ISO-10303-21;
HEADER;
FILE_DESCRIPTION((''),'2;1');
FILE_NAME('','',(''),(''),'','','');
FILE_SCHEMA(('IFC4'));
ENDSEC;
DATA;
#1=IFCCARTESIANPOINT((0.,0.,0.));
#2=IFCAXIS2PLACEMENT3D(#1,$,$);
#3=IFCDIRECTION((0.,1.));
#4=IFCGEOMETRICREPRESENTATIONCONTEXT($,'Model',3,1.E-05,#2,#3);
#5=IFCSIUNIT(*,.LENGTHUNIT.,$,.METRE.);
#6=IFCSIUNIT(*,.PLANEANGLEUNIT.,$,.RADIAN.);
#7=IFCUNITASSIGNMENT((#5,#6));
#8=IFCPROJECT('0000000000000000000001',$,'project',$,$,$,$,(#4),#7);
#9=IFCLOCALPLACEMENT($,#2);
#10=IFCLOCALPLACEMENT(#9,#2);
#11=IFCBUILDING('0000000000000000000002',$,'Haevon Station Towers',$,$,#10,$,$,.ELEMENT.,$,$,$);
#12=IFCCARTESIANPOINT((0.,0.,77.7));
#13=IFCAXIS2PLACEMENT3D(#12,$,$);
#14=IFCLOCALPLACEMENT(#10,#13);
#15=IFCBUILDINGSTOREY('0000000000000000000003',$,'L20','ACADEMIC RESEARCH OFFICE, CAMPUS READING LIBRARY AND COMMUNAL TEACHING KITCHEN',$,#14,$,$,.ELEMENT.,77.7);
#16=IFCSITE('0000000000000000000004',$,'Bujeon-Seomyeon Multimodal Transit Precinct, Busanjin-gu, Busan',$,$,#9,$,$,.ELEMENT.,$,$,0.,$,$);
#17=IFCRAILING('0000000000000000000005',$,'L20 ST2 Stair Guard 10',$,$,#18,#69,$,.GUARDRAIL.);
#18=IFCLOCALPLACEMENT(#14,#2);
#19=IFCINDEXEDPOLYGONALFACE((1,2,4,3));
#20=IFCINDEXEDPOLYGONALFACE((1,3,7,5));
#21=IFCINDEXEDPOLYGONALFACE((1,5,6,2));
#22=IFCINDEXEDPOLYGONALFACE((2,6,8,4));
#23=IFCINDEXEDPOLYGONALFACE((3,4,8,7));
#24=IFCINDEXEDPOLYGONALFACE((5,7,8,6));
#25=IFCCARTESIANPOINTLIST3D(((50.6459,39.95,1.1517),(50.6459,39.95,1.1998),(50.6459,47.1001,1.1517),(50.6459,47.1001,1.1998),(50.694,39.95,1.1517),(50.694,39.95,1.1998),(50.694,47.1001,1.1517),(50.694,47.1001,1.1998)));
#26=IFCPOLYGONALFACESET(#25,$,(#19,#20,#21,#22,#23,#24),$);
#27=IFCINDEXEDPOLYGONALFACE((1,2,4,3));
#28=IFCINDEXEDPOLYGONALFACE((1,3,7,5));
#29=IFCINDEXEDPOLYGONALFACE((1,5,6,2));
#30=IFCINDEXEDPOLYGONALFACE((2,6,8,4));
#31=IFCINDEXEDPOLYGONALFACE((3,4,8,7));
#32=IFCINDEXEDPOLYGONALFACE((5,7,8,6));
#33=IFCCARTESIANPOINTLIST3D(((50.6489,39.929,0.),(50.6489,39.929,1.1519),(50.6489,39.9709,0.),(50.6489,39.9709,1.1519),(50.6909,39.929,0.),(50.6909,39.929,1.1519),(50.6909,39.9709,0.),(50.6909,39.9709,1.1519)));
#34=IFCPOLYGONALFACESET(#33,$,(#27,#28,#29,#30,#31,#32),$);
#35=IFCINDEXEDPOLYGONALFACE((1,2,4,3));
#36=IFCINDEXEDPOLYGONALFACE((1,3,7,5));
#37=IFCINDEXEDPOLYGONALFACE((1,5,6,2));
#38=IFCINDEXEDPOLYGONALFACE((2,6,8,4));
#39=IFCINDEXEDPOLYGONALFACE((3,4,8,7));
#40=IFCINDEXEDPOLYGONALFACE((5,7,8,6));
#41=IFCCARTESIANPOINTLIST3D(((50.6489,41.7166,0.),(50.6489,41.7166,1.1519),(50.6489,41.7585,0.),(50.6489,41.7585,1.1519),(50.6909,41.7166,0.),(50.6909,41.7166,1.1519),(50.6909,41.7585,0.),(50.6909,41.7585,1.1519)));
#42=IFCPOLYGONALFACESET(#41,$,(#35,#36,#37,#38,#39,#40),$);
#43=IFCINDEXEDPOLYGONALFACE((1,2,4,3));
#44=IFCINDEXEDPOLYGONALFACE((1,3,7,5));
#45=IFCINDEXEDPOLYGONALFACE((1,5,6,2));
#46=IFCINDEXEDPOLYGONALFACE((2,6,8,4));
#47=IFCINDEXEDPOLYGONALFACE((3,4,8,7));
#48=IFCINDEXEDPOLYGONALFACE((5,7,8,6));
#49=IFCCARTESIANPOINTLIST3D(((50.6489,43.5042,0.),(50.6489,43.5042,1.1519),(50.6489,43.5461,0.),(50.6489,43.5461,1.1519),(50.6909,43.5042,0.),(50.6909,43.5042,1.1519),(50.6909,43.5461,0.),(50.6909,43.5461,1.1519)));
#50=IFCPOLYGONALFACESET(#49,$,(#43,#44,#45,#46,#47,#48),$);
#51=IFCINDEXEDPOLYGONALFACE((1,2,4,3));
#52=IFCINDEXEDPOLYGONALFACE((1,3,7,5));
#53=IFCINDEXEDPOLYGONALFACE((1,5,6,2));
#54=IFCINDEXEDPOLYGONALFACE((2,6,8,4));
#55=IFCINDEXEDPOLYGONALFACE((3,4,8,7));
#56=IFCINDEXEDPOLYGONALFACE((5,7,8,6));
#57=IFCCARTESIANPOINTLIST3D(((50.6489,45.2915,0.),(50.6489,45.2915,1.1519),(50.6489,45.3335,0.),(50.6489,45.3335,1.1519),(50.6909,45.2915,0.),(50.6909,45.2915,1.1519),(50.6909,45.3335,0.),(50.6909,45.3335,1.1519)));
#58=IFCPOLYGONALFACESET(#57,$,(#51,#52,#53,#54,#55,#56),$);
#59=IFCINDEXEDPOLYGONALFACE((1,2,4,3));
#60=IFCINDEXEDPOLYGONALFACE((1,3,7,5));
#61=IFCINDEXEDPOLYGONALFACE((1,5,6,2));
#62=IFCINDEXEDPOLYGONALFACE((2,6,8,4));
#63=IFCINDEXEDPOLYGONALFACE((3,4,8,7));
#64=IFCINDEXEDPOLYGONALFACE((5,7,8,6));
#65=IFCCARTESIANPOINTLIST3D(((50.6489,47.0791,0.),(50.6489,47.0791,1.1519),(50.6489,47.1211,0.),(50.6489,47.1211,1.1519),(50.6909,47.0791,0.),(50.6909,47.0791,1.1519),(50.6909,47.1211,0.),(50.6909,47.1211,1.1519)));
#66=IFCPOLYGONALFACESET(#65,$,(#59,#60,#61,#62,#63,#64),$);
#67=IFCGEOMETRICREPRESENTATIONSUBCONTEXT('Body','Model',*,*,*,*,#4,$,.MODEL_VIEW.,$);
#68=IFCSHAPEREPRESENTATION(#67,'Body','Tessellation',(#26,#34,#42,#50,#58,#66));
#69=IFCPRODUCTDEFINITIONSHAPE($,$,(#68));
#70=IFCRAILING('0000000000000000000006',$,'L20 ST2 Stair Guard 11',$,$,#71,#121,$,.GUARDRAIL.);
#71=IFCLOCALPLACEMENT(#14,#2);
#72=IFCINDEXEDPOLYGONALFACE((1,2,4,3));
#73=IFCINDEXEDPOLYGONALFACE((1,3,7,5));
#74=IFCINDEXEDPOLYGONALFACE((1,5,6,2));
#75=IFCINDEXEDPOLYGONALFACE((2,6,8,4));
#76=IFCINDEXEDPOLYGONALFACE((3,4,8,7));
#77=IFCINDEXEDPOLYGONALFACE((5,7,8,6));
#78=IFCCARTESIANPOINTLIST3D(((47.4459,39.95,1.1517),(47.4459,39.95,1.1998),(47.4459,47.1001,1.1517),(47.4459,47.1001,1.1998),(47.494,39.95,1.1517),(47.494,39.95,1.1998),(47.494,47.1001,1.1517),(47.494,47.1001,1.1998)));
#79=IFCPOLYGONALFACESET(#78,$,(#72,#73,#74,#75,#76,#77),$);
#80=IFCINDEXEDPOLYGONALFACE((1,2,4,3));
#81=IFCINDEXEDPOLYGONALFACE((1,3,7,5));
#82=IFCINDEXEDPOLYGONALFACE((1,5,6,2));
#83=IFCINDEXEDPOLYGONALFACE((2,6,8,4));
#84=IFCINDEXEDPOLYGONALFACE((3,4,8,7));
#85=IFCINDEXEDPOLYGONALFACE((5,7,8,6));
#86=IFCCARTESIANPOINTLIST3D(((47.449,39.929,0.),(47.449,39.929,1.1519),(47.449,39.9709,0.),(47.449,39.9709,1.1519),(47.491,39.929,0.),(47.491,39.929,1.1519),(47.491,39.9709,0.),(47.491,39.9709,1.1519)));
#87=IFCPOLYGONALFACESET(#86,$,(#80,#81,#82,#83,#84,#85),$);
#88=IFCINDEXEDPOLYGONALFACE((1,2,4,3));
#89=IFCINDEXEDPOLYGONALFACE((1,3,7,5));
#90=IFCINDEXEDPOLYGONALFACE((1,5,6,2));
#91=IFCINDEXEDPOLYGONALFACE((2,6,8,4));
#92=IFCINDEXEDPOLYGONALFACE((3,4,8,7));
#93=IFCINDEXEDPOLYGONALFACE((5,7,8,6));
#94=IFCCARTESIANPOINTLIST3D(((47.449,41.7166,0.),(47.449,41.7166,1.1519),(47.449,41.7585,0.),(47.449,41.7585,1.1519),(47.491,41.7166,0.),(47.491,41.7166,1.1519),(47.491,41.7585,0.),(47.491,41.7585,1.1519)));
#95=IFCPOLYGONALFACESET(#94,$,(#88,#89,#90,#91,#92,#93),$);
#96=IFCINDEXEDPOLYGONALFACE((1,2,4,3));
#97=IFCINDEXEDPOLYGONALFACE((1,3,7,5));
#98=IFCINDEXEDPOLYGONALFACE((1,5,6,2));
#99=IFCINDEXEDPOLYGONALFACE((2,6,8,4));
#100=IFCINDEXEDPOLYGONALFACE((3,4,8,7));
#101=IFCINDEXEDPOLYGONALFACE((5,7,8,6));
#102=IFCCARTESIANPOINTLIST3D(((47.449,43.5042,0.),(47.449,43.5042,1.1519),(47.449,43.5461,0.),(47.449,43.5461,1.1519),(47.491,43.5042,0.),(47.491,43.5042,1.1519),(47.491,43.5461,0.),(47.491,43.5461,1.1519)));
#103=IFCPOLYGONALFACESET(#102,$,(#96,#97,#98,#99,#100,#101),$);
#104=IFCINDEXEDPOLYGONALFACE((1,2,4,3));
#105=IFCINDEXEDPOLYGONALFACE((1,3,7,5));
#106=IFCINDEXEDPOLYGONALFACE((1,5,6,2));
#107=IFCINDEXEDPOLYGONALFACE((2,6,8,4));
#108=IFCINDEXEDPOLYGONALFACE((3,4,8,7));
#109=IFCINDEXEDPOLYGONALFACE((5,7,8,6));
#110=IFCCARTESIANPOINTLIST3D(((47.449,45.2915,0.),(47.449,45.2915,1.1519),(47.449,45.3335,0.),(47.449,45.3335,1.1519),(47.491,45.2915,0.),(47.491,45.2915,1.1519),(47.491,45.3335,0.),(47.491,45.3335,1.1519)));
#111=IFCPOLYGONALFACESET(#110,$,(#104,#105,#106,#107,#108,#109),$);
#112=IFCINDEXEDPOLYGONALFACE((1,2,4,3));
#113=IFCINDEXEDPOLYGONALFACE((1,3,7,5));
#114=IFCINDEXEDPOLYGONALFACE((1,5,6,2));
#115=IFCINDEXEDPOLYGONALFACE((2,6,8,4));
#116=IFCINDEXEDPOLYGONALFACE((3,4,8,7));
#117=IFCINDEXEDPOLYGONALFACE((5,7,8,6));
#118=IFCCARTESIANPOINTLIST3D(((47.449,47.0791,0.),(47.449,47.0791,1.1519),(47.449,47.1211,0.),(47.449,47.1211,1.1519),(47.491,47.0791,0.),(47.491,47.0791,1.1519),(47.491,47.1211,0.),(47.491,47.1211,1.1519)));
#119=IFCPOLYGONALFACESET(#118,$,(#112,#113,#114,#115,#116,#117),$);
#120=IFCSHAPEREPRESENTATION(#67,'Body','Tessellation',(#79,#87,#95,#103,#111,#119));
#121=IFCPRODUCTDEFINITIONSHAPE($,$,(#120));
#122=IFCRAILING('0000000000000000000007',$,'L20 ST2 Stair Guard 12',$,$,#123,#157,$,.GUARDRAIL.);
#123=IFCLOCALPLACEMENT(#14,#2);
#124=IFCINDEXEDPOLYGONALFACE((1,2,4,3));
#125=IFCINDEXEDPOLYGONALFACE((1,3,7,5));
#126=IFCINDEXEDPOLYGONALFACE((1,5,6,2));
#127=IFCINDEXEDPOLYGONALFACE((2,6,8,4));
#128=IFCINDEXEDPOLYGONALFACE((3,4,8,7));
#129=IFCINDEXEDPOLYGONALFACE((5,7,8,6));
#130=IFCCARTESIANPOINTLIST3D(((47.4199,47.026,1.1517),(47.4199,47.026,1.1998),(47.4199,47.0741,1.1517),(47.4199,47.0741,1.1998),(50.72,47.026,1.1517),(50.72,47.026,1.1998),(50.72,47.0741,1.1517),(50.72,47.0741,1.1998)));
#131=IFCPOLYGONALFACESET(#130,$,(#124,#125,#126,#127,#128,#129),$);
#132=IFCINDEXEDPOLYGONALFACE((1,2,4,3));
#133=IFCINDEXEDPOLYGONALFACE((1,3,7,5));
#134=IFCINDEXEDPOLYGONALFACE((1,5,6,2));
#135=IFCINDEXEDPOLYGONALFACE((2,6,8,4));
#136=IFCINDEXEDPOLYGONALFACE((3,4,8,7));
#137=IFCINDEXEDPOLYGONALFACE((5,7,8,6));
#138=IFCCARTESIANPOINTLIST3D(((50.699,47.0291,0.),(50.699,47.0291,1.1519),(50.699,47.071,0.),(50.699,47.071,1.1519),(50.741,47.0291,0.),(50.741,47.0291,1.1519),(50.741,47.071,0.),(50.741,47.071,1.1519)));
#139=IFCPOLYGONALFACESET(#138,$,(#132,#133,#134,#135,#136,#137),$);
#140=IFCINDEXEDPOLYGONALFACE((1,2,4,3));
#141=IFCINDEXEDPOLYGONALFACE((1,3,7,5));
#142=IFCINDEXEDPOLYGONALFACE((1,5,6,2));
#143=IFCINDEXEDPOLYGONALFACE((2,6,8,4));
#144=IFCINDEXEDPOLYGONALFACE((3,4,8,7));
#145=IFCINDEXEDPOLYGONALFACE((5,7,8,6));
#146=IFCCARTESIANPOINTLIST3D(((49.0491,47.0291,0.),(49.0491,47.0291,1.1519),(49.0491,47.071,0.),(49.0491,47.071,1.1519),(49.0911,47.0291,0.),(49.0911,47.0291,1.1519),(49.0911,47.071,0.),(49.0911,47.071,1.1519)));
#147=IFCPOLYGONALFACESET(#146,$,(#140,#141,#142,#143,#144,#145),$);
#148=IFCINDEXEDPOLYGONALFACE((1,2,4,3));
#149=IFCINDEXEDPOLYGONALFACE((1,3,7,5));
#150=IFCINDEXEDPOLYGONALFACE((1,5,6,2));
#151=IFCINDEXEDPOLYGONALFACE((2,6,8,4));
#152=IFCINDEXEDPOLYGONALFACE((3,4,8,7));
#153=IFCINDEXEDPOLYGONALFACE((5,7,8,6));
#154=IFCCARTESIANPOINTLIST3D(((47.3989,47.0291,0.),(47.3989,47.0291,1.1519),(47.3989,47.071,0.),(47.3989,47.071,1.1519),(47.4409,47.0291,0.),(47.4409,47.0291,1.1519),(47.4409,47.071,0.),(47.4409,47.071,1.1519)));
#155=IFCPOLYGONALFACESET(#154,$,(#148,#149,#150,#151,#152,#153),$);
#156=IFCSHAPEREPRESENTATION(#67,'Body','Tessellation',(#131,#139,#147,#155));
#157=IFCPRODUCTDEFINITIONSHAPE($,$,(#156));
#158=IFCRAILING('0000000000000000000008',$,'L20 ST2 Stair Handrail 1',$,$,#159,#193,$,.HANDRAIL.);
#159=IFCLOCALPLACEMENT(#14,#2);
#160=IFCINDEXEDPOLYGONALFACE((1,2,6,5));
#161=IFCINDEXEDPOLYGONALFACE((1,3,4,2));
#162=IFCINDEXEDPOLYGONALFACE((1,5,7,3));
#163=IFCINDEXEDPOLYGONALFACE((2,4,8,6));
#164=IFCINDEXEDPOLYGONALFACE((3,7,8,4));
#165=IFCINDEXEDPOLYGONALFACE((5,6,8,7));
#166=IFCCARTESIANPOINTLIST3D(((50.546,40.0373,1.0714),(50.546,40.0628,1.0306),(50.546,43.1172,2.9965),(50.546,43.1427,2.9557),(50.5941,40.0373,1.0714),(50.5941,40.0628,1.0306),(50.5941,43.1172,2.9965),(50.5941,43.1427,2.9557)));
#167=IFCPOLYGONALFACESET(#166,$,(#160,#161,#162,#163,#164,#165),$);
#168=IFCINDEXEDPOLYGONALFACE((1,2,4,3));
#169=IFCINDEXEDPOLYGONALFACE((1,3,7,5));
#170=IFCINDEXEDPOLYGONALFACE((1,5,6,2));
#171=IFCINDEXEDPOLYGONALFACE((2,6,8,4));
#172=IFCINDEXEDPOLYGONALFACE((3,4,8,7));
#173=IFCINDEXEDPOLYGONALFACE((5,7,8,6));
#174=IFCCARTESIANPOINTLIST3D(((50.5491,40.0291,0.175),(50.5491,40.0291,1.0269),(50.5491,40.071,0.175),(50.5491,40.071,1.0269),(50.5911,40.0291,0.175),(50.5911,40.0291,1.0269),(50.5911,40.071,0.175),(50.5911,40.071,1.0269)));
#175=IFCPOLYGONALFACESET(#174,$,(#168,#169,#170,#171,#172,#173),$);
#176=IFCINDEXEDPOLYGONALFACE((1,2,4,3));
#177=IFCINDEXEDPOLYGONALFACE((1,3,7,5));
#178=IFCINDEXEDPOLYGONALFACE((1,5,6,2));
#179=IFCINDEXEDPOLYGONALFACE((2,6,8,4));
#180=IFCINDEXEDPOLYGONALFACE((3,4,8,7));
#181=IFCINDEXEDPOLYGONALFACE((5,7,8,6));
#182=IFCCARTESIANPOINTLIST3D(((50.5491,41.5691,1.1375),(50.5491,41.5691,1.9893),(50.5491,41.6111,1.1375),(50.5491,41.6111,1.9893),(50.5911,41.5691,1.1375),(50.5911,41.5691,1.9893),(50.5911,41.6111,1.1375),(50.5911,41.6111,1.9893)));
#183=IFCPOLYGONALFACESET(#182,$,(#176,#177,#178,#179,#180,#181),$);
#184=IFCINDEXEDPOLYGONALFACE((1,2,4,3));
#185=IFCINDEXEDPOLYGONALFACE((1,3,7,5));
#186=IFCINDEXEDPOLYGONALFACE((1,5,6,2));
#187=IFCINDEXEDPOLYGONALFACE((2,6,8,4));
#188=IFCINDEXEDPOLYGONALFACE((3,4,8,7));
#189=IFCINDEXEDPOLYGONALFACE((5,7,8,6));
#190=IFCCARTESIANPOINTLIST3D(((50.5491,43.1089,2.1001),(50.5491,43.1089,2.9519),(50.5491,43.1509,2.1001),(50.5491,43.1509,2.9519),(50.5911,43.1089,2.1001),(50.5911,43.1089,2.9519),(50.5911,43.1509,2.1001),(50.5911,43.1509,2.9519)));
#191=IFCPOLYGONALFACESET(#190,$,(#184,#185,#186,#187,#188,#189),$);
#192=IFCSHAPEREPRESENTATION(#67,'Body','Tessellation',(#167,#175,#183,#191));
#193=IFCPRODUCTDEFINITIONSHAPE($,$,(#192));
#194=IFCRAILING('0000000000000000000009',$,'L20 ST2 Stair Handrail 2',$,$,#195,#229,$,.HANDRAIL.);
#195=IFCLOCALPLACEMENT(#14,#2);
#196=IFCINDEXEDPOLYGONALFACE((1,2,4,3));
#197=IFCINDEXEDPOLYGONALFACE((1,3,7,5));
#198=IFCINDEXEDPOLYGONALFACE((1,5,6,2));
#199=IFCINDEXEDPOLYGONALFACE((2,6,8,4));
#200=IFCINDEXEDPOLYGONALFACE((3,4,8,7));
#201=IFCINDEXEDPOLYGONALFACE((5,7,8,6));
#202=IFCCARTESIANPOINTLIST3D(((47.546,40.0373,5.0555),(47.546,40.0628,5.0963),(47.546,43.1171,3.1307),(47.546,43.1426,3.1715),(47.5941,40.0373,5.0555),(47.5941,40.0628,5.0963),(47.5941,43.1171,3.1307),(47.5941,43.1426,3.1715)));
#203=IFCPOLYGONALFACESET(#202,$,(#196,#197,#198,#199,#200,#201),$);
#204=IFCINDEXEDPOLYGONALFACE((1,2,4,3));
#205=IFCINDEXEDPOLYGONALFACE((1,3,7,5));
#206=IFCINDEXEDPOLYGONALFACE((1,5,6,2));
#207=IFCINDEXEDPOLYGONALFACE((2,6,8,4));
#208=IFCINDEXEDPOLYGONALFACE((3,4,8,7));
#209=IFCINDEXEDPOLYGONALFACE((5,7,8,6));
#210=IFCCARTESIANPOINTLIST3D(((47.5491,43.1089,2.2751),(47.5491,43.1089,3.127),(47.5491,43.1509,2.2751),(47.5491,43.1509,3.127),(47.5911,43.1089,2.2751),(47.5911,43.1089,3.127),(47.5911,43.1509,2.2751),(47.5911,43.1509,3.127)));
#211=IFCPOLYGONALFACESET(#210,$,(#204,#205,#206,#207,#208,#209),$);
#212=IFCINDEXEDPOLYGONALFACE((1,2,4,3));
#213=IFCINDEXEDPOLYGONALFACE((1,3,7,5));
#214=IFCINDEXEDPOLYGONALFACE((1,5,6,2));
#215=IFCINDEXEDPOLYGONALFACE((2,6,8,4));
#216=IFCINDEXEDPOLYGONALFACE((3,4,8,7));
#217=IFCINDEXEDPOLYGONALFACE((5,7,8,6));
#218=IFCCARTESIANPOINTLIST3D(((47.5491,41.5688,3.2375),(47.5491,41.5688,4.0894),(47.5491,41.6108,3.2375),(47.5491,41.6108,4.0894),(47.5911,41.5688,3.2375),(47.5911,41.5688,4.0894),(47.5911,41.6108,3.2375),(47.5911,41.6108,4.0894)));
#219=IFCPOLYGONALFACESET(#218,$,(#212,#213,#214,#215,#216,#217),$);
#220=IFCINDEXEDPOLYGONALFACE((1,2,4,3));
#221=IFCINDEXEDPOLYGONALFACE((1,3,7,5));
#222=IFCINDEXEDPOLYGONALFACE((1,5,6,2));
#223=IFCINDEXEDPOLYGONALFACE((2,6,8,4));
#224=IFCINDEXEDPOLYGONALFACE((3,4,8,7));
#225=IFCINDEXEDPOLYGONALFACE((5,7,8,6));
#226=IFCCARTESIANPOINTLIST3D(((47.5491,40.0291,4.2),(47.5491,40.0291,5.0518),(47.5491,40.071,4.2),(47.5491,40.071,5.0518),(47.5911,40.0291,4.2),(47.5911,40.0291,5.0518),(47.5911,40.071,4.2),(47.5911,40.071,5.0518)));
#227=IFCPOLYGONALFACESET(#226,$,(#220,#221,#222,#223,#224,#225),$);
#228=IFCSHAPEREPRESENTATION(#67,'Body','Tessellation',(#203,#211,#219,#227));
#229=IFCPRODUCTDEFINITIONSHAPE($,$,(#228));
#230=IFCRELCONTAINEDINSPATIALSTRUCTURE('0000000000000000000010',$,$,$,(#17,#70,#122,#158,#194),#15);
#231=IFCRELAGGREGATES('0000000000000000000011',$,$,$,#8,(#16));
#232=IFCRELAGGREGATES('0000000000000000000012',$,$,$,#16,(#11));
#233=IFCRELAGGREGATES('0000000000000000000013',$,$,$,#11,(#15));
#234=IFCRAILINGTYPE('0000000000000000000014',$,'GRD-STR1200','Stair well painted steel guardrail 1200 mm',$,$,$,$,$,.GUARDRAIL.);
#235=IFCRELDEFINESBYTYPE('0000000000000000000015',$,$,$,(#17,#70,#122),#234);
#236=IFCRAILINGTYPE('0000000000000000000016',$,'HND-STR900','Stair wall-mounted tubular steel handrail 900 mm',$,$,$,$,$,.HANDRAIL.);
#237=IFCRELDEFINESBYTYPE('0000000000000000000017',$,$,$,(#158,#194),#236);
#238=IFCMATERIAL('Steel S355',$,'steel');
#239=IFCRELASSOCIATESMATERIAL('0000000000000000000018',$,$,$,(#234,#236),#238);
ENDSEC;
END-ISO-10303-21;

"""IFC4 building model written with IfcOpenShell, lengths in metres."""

from ifc_helpers import new_model, si_unit, direction, frame, origin, origin_2d, place, context, subcontext, project, spatial, rectangle, extrude, material, type_object, element, save


model = new_model("IFC4")

# Units and contexts
model_context = context("Model", 3, precision=1e-05, world=origin(), true_north=direction((0.0, 1.0)))
body_context = subcontext(model_context, "Body", "Model", "MODEL_VIEW")
ifc_project = project(units=[si_unit("LENGTHUNIT", "METRE"), si_unit("PLANEANGLEUNIT", "RADIAN")], contexts=[model_context])

# Site, building, storey
site_placement = place(None, origin())
site = spatial("IfcSite", under=ifc_project, at=site_placement, Name="Bujeon-Seomyeon Multimodal Transit Precinct, Busanjin-gu, Busan", CompositionType="ELEMENT", RefElevation=0.0)
building_placement = place(site_placement, origin())
building = spatial("IfcBuilding", under=site, at=building_placement, Name="Haevon Station Towers", CompositionType="ELEMENT")
storey_placement = place(building_placement, frame((0.0, 0.0, 77.7)))
storey = spatial("IfcBuildingStorey", under=building, at=storey_placement, Name="L20", Description="ACADEMIC RESEARCH OFFICE, CAMPUS READING LIBRARY AND COMMUNAL TEACHING KITCHEN", CompositionType="ELEMENT", Elevation=77.7)

# Shared definitions
ifc_material_1 = material(Name="Steel S355", Category="steel")

# Railings
railing_type_1 = type_object("IfcRailingType", Name="GRD-STR1200", Description="Stair well painted steel guardrail 1200 mm", PredefinedType="GUARDRAIL", material=ifc_material_1)
for number, where, name in (
    (1, (50.6699, 39.95, 0.0), "L20 ST2 Stair Guard 10"),
    (2, (47.47, 39.95, 0.0), "L20 ST2 Stair Guard 11"),
):
    element("IfcRailing", number, at=place(storey_placement, frame(where)), inside=storey, type_object=railing_type_1, Name=name, PredefinedType="GUARDRAIL", context=body_context, shape_type="SweptSolid", body=[
        extrude(rectangle(XDim=0.0481, YDim=0.0481, at=origin_2d()), frame((0.0, 0.0, 1.1758), z_axis=(0.0, 1.0, 0.0), x_axis=(-1.0, 0.0, 0.0)), (0.0, 0.0, 1.0), 7.1501),
        extrude(rectangle(XDim=0.042, YDim=0.042, at=origin_2d()), origin(), (0.0, 0.0, 1.0), 1.1519),
        extrude(rectangle(XDim=0.042, YDim=0.042, at=origin_2d()), frame((0.0, 1.7876, 0.0)), (0.0, 0.0, 1.0), 1.1519),
        extrude(rectangle(XDim=0.042, YDim=0.042, at=origin_2d()), frame((0.0, 3.5752, 0.0)), (0.0, 0.0, 1.0), 1.1519),
        extrude(rectangle(XDim=0.042, YDim=0.042, at=origin_2d()), frame((0.0, 5.3625, 0.0)), (0.0, 0.0, 1.0), 1.1519),
        extrude(rectangle(XDim=0.042, YDim=0.042, at=origin_2d()), frame((0.0, 7.1501, 0.0)), (0.0, 0.0, 1.0), 1.1519),
    ])
railing_1_placement = place(storey_placement, frame((50.72, 47.05, 0.0)))
element("IfcRailing", 3, at=railing_1_placement, inside=storey, type_object=railing_type_1, Name="L20 ST2 Stair Guard 12", PredefinedType="GUARDRAIL", context=body_context, shape_type="SweptSolid", body=[
    extrude(rectangle(XDim=0.0481, YDim=0.0481, at=origin_2d()), frame((0.0, 0.0, 1.1758), z_axis=(-1.0, 0.0, 0.0), x_axis=(0.0, -1.0, 0.0)), (0.0, 0.0, 1.0), 3.3),
    extrude(rectangle(XDim=0.042, YDim=0.042, at=origin_2d()), origin(), (0.0, 0.0, 1.0), 1.1519),
    extrude(rectangle(XDim=0.042, YDim=0.042, at=origin_2d()), frame((-1.6499, 0.0, 0.0)), (0.0, 0.0, 1.0), 1.1519),
    extrude(rectangle(XDim=0.042, YDim=0.042, at=origin_2d()), frame((-3.3, 0.0, 0.0)), (0.0, 0.0, 1.0), 1.1519),
])
railing_type_2 = type_object("IfcRailingType", Name="HND-STR900", Description="Stair wall-mounted tubular steel handrail 900 mm", PredefinedType="HANDRAIL", material=ifc_material_1)
railing_2_placement = place(storey_placement, frame((50.5701, 40.05, 0.175)))
element("IfcRailing", 4, at=railing_2_placement, inside=storey, type_object=railing_type_2, Name="L20 ST2 Stair Handrail 1", PredefinedType="HANDRAIL", context=body_context, shape_type="SweptSolid", body=[
    extrude(rectangle(XDim=0.0481, YDim=0.0481, at=origin_2d()), frame((0.0, 0.0, 0.876), z_axis=(0.0, 0.847979, 0.530029), x_axis=(-1.0, 0.0, 0.0)), (0.0, 0.0, 1.0), 3.6321),
    extrude(rectangle(XDim=0.042, YDim=0.042, at=origin_2d()), origin(), (0.0, 0.0, 1.0), 0.8518),
    extrude(rectangle(XDim=0.042, YDim=0.042, at=origin_2d()), frame((0.0, 1.54, 0.9624)), (0.0, 0.0, 1.0), 0.8518),
    extrude(rectangle(XDim=0.042, YDim=0.042, at=origin_2d()), frame((0.0, 3.0798, 1.925)), (0.0, 0.0, 1.0), 0.8518),
])
railing_3_placement = place(storey_placement, frame((47.5701, 43.1299, 2.2751)))
element("IfcRailing", 5, at=railing_3_placement, inside=storey, type_object=railing_type_2, Name="L20 ST2 Stair Handrail 2", PredefinedType="HANDRAIL", context=body_context, shape_type="SweptSolid", body=[
    extrude(rectangle(XDim=0.0481, YDim=0.0481, at=origin_2d()), frame((0.0, 0.0, 0.876), z_axis=(0.0, -0.84801, 0.529981), x_axis=(1.0, 0.0, 0.0)), (0.0, 0.0, 1.0), 3.6318),
    extrude(rectangle(XDim=0.042, YDim=0.042, at=origin_2d()), origin(), (0.0, 0.0, 1.0), 0.8518),
    extrude(rectangle(XDim=0.042, YDim=0.042, at=origin_2d()), frame((0.0, -1.54, 0.9624)), (0.0, 0.0, 1.0), 0.8518),
    extrude(rectangle(XDim=0.042, YDim=0.042, at=origin_2d()), frame((0.0, -3.0798, 1.9248)), (0.0, 0.0, 1.0), 0.8518),
])

save(model, "model.ifc")
